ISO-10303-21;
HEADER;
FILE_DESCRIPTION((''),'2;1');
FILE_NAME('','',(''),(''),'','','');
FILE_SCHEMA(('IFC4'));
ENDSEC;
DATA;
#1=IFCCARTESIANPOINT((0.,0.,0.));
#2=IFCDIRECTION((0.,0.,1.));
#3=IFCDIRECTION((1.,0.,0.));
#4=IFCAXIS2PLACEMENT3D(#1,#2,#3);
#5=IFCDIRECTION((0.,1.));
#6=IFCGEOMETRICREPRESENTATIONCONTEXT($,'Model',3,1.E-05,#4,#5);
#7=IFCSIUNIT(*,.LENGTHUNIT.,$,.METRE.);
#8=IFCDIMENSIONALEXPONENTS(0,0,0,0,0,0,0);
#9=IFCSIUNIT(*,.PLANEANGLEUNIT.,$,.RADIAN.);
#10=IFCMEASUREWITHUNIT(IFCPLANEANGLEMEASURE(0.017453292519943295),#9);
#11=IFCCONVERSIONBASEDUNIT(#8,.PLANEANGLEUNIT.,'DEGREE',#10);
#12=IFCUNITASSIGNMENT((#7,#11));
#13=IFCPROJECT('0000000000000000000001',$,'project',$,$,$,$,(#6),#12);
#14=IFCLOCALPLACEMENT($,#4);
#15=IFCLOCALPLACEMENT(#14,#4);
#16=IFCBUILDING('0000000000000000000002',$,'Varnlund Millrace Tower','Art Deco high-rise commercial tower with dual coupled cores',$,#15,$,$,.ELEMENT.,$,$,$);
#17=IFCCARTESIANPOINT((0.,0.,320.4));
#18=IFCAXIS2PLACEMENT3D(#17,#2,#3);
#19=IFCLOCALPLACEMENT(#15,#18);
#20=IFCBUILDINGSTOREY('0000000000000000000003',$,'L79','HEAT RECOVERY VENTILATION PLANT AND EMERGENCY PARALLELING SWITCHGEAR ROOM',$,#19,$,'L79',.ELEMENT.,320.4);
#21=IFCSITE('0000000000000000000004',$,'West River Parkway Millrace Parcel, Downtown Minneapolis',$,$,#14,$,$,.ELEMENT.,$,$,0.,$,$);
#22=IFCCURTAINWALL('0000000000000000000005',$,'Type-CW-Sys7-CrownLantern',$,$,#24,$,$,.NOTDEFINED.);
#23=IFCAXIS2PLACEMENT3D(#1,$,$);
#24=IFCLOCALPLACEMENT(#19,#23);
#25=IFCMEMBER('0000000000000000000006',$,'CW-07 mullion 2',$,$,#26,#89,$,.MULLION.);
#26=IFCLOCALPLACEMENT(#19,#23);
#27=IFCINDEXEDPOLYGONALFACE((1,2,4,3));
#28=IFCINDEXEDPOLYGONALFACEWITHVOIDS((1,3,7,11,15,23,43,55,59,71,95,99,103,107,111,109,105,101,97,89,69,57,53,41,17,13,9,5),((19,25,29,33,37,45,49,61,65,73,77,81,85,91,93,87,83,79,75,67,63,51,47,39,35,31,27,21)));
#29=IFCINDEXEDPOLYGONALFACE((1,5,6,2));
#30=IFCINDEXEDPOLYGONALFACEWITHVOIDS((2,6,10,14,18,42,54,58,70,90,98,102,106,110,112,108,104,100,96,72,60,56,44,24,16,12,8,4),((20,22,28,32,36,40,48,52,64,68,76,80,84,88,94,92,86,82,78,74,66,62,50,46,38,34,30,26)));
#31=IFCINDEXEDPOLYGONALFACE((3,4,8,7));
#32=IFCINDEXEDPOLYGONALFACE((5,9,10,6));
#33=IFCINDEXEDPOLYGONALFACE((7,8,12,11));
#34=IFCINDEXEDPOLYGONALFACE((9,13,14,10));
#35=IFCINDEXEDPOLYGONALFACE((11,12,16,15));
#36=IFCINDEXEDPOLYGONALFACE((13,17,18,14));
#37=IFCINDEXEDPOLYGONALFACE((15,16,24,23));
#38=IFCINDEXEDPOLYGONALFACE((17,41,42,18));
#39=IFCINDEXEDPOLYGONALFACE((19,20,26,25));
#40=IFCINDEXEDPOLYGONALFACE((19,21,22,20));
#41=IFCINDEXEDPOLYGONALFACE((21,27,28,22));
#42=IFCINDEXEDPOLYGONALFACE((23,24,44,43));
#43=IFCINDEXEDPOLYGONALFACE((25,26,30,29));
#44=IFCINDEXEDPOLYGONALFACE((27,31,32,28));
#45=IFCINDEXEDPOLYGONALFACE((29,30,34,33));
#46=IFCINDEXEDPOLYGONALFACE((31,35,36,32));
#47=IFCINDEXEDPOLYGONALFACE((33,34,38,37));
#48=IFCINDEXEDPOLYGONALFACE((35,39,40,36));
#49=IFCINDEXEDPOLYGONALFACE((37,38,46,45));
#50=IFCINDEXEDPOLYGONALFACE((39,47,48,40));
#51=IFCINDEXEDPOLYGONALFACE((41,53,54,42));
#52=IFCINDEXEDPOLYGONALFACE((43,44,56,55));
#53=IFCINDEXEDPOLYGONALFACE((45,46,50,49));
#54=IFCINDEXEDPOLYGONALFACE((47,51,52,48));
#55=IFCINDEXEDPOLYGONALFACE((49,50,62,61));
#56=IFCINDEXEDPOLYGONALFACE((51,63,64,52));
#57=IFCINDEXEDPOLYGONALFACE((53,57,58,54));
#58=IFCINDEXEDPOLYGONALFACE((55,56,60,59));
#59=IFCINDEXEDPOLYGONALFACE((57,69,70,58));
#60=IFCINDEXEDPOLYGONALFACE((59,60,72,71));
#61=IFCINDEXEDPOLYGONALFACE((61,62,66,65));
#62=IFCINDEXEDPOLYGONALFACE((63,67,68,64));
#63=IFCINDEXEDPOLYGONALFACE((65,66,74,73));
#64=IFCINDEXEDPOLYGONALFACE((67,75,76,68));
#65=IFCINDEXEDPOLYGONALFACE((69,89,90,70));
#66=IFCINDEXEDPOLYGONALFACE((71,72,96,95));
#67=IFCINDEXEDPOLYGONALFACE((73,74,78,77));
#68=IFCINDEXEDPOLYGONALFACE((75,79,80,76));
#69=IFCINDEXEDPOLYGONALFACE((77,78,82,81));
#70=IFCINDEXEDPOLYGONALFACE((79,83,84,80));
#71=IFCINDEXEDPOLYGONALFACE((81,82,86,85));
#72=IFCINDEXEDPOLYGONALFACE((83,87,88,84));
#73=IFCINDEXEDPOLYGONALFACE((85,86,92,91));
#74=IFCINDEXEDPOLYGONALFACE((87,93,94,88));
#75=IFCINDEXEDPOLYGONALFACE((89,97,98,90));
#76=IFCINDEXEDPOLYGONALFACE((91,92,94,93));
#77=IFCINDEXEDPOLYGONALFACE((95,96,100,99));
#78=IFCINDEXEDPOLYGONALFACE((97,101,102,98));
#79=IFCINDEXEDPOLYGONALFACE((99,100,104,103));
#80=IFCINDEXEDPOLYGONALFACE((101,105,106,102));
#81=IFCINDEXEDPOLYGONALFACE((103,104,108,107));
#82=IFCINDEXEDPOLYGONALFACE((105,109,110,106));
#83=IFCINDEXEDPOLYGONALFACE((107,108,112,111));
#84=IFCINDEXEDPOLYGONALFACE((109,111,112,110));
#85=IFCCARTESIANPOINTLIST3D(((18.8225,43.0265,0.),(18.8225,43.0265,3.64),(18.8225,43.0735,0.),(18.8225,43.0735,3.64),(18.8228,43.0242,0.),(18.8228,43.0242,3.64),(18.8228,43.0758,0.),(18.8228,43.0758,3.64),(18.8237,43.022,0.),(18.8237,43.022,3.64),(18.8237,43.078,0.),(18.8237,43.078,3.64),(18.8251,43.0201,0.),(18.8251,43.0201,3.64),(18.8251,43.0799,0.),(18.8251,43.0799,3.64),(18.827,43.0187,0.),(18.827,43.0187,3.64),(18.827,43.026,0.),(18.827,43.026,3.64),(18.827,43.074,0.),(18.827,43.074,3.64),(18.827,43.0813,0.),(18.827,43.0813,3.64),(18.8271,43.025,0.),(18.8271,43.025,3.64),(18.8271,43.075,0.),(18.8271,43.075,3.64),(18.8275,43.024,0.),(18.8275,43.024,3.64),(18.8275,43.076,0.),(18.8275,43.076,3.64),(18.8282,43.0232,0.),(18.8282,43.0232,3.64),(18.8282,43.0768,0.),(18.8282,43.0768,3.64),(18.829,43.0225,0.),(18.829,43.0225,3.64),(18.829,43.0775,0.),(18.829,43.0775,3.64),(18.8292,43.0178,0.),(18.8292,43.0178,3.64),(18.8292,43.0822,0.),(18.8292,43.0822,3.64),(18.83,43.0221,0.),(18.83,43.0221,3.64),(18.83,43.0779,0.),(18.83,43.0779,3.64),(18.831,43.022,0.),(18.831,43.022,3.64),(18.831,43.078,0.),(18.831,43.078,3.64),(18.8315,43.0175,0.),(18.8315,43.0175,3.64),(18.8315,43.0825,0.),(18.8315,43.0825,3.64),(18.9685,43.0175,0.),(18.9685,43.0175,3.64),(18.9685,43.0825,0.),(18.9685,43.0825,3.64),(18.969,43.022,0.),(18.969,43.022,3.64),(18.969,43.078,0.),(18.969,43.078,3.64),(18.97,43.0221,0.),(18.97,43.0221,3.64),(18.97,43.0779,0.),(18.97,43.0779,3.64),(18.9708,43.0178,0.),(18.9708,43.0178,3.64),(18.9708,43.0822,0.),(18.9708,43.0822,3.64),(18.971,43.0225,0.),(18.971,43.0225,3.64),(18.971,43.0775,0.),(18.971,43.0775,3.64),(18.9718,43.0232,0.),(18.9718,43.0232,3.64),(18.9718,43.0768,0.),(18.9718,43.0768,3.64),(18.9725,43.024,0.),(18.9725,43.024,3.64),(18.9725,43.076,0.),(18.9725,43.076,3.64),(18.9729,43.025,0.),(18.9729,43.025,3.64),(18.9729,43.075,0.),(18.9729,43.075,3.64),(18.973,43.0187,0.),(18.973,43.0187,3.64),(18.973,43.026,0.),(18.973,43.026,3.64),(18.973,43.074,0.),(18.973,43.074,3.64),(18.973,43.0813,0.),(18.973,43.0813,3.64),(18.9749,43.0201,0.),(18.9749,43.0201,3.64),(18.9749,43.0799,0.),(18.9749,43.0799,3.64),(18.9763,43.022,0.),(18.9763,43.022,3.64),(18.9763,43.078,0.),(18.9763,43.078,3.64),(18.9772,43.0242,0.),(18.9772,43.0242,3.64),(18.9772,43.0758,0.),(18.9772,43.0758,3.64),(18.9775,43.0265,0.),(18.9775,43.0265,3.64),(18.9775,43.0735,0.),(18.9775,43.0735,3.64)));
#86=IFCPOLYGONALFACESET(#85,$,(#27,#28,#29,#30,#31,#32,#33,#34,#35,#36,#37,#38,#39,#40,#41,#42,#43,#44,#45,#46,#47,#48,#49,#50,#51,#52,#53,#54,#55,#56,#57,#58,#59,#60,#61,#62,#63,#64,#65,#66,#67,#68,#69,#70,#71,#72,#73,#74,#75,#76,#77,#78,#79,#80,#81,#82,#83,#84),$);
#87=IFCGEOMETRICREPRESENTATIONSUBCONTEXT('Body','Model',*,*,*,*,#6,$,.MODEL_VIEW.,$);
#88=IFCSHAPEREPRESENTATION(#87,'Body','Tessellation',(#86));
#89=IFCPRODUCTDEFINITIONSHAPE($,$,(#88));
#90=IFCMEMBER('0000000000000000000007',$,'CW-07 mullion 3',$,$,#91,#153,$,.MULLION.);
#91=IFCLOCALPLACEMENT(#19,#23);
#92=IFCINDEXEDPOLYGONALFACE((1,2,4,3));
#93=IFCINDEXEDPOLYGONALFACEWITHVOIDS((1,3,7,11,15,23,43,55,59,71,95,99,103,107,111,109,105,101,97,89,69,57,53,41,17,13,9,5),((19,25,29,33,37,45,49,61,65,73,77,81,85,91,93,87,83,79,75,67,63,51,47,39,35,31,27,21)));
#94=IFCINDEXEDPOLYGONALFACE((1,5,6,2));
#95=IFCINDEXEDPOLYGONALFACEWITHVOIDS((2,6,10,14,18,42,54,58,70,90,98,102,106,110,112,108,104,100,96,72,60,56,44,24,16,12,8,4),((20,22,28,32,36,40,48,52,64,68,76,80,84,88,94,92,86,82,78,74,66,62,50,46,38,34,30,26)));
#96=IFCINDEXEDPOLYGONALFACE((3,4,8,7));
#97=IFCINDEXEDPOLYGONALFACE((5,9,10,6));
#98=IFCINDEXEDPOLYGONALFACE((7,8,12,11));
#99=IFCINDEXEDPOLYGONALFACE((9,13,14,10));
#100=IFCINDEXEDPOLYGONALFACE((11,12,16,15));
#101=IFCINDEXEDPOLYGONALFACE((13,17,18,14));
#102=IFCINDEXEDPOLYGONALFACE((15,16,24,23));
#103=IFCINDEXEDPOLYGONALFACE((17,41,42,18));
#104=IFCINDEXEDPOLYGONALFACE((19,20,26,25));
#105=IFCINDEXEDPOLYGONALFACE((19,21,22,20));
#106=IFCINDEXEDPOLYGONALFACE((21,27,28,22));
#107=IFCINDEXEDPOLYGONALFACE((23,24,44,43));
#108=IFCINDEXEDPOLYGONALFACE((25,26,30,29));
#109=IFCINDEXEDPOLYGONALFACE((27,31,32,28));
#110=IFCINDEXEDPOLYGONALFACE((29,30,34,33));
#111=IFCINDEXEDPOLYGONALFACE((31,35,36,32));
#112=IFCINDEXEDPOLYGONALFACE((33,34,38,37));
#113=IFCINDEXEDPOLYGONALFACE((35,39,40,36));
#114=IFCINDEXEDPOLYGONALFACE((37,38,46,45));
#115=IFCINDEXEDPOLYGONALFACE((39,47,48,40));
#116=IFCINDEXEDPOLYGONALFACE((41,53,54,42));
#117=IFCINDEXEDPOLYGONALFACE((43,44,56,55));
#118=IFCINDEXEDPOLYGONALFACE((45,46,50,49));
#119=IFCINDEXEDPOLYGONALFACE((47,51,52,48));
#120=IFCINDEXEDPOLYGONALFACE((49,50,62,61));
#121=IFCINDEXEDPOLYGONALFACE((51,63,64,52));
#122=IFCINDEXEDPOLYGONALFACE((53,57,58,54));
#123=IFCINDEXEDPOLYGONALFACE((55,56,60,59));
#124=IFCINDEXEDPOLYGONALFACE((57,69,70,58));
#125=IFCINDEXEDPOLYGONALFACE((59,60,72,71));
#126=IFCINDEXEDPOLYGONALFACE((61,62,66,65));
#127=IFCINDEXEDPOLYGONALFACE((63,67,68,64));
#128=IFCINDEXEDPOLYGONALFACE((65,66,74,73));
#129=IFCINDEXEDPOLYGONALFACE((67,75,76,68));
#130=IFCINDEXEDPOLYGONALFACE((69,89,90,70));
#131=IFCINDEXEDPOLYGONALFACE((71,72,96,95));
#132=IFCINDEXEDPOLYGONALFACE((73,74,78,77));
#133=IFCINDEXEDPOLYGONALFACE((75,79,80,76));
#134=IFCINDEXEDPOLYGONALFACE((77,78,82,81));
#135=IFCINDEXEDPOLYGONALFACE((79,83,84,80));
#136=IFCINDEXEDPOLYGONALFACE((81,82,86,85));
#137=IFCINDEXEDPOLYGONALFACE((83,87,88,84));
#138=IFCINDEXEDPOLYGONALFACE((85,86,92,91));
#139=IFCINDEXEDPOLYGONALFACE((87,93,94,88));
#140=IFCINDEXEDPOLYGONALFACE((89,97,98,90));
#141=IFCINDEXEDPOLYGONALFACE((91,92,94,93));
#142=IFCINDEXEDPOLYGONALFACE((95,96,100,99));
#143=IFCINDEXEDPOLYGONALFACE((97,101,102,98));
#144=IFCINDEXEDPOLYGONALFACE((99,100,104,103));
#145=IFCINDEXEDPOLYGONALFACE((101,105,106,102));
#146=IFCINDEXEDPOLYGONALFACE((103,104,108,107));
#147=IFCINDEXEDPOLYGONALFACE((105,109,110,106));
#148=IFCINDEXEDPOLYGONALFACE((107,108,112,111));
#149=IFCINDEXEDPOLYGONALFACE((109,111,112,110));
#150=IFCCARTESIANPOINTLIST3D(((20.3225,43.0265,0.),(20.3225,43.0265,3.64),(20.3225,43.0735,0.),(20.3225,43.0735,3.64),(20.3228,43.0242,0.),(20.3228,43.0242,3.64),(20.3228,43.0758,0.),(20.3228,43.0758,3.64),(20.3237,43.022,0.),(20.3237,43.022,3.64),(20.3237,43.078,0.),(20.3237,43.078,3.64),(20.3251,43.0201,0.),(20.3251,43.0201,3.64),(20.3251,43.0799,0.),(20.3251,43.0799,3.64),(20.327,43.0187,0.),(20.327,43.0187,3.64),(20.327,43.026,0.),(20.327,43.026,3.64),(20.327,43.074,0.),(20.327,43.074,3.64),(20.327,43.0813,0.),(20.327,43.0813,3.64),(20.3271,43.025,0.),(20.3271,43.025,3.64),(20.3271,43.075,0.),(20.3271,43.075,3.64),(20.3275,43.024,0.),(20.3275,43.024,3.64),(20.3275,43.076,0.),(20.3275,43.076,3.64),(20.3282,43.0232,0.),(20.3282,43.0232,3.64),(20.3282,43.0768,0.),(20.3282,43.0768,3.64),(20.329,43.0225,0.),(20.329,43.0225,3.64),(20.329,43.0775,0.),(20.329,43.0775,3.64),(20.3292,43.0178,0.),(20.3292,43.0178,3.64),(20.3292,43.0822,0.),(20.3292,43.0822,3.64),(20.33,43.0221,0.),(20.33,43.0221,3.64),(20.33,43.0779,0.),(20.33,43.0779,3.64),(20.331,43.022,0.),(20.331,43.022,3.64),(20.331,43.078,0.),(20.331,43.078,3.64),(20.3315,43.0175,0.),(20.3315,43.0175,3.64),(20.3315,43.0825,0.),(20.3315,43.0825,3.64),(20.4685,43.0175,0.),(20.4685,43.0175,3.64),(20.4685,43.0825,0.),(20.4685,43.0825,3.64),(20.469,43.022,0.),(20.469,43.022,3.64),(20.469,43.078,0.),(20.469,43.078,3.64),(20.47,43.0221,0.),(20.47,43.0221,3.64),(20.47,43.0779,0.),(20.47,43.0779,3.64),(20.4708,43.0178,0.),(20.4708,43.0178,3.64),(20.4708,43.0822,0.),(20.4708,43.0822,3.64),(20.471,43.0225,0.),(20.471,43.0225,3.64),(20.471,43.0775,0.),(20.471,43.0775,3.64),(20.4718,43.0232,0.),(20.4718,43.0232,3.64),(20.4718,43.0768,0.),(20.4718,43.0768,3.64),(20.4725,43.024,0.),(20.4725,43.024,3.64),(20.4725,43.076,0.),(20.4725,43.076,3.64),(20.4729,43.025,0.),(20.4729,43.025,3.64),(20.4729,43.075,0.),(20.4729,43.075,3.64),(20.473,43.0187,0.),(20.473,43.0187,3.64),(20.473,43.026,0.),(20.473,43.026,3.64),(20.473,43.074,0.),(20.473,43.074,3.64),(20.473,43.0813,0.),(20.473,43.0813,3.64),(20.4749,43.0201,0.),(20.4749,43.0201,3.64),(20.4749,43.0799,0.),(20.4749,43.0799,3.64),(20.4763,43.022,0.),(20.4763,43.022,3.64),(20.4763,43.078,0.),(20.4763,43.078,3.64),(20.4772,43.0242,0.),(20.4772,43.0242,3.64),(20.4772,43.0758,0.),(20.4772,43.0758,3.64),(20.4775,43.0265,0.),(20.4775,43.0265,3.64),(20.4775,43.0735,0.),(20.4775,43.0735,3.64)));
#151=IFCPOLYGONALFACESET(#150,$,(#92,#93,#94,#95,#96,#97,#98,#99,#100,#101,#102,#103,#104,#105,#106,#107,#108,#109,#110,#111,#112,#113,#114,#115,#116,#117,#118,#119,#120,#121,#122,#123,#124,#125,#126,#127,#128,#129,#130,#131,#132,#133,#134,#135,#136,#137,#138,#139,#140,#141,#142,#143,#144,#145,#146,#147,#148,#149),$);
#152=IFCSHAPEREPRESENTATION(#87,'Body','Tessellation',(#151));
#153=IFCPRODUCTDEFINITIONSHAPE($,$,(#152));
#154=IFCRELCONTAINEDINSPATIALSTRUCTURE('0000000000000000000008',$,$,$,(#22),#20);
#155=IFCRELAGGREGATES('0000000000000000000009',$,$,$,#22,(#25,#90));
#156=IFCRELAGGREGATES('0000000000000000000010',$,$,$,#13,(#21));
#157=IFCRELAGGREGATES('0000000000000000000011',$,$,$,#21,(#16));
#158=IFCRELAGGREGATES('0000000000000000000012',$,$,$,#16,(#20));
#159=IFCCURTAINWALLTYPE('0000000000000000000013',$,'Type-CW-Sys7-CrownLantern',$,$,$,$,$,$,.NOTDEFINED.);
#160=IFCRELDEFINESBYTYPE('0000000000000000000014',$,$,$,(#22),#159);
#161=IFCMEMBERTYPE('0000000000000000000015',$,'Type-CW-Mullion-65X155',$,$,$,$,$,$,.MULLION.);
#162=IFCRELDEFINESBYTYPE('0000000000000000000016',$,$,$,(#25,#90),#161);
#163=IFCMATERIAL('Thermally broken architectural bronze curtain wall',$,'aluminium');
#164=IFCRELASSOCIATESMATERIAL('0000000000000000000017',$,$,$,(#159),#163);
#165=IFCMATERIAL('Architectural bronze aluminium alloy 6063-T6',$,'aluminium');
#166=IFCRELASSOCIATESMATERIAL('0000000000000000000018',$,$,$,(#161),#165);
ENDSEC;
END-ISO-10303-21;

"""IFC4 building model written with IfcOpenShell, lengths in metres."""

from ifc_helpers import new_model, entity, si_unit, converted_unit, direction, frame, origin_with_axes, origin_2d_with_axis, place, context, subcontext, project, spatial, hollow_rectangle, extrude, material, material_profile, profile_set, type_object, element, aggregate, save


model = new_model("IFC4")

# Units and contexts
model_context = context("Model", 3, precision=1e-05, world=origin_with_axes(), true_north=direction((0.0, 1.0)))
body_context = subcontext(model_context, "Body", "Model", "MODEL_VIEW")
ifc_project = project(units=[si_unit("LENGTHUNIT", "METRE"), converted_unit("PLANEANGLEUNIT", "DEGREE", entity("IfcPlaneAngleMeasure", 0.017453292519943295), si_unit("PLANEANGLEUNIT", "RADIAN"), dimensions=[0, 0, 0, 0, 0, 0, 0])], contexts=[model_context])

# Site, building, storey
site_placement = place(None, origin_with_axes())
site = spatial("IfcSite", under=ifc_project, at=site_placement, Name="West River Parkway Millrace Parcel, Downtown Minneapolis", CompositionType="ELEMENT", RefElevation=0.0)
building_placement = place(site_placement, origin_with_axes())
building = spatial("IfcBuilding", under=site, at=building_placement, Name="Varnlund Millrace Tower", Description="Art Deco high-rise commercial tower with dual coupled cores", CompositionType="ELEMENT")
storey_placement = place(building_placement, frame((0.0, 0.0, 320.4), z_axis=(0.0, 0.0, 1.0), x_axis=(1.0, 0.0, 0.0)))
storey = spatial("IfcBuildingStorey", under=building, at=storey_placement, Name="L79", Description="HEAT RECOVERY VENTILATION PLANT AND EMERGENCY PARALLELING SWITCHGEAR ROOM", LongName="L79", CompositionType="ELEMENT", Elevation=320.4)

# Curtain wall, members
ifc_material_1 = material(Name="Thermally broken architectural bronze curtain wall", Category="aluminium")
curtain_wall_type = type_object("IfcCurtainWallType", Name="Type-CW-Sys7-CrownLantern", PredefinedType="NOTDEFINED", material=ifc_material_1)
ifc_material_2 = material(Name="Architectural bronze aluminium alloy 6063-T6", Category="aluminium")
ifc_material_profile_1 = material_profile(ifc_material_2, hollow_rectangle(XDim=0.065, YDim=0.155, WallThickness=0.0045, InnerFilletRadius=0.004, OuterFilletRadius=0.009, at=origin_2d_with_axis()), Name="Architectural bronze aluminium alloy 6063-T6")
ifc_profile_set_1 = profile_set([ifc_material_profile_1], Name="Architectural bronze aluminium alloy 6063-T6")
member_type = type_object("IfcMemberType", Name="Type-CW-Mullion-65X155", PredefinedType="MULLION", material=ifc_profile_set_1)
curtain_wall_1_placement = place(storey_placement, frame((17.4, 43.05, 0.0), z_axis=(0.0, 0.0, 1.0), x_axis=(1.0, 0.0, 0.0)))
curtain_wall_1 = element("IfcCurtainWall", 1, at=curtain_wall_1_placement, inside=storey, type_object=curtain_wall_type, Name="Type-CW-Sys7-CrownLantern", PredefinedType="NOTDEFINED")
member_1_placement = place(storey_placement, frame((18.9, 43.05, 0.0), z_axis=(0.0, 0.0, 1.0), x_axis=(0.0, 1.0, 0.0)))
member_1 = element("IfcMember", 2, at=member_1_placement, type_object=member_type, Name="CW-07 mullion 2", PredefinedType="MULLION", context=body_context, shape_type="SweptSolid", body=[
    extrude(hollow_rectangle(XDim=0.065, YDim=0.155, WallThickness=0.0045, InnerFilletRadius=0.004, OuterFilletRadius=0.009, at=origin_2d_with_axis()), origin_with_axes(), (0.0, 0.0, 1.0), 3.64),
])
member_2_placement = place(storey_placement, frame((20.4, 43.05, 0.0), z_axis=(0.0, 0.0, 1.0), x_axis=(0.0, 1.0, 0.0)))
member_2 = element("IfcMember", 3, at=member_2_placement, type_object=member_type, Name="CW-07 mullion 3", PredefinedType="MULLION", context=body_context, shape_type="SweptSolid", body=[
    extrude(hollow_rectangle(XDim=0.065, YDim=0.155, WallThickness=0.0045, InnerFilletRadius=0.004, OuterFilletRadius=0.009, at=origin_2d_with_axis()), origin_with_axes(), (0.0, 0.0, 1.0), 3.64),
])
aggregate(curtain_wall_1, [member_1, member_2])

save(model, "model.ifc")
